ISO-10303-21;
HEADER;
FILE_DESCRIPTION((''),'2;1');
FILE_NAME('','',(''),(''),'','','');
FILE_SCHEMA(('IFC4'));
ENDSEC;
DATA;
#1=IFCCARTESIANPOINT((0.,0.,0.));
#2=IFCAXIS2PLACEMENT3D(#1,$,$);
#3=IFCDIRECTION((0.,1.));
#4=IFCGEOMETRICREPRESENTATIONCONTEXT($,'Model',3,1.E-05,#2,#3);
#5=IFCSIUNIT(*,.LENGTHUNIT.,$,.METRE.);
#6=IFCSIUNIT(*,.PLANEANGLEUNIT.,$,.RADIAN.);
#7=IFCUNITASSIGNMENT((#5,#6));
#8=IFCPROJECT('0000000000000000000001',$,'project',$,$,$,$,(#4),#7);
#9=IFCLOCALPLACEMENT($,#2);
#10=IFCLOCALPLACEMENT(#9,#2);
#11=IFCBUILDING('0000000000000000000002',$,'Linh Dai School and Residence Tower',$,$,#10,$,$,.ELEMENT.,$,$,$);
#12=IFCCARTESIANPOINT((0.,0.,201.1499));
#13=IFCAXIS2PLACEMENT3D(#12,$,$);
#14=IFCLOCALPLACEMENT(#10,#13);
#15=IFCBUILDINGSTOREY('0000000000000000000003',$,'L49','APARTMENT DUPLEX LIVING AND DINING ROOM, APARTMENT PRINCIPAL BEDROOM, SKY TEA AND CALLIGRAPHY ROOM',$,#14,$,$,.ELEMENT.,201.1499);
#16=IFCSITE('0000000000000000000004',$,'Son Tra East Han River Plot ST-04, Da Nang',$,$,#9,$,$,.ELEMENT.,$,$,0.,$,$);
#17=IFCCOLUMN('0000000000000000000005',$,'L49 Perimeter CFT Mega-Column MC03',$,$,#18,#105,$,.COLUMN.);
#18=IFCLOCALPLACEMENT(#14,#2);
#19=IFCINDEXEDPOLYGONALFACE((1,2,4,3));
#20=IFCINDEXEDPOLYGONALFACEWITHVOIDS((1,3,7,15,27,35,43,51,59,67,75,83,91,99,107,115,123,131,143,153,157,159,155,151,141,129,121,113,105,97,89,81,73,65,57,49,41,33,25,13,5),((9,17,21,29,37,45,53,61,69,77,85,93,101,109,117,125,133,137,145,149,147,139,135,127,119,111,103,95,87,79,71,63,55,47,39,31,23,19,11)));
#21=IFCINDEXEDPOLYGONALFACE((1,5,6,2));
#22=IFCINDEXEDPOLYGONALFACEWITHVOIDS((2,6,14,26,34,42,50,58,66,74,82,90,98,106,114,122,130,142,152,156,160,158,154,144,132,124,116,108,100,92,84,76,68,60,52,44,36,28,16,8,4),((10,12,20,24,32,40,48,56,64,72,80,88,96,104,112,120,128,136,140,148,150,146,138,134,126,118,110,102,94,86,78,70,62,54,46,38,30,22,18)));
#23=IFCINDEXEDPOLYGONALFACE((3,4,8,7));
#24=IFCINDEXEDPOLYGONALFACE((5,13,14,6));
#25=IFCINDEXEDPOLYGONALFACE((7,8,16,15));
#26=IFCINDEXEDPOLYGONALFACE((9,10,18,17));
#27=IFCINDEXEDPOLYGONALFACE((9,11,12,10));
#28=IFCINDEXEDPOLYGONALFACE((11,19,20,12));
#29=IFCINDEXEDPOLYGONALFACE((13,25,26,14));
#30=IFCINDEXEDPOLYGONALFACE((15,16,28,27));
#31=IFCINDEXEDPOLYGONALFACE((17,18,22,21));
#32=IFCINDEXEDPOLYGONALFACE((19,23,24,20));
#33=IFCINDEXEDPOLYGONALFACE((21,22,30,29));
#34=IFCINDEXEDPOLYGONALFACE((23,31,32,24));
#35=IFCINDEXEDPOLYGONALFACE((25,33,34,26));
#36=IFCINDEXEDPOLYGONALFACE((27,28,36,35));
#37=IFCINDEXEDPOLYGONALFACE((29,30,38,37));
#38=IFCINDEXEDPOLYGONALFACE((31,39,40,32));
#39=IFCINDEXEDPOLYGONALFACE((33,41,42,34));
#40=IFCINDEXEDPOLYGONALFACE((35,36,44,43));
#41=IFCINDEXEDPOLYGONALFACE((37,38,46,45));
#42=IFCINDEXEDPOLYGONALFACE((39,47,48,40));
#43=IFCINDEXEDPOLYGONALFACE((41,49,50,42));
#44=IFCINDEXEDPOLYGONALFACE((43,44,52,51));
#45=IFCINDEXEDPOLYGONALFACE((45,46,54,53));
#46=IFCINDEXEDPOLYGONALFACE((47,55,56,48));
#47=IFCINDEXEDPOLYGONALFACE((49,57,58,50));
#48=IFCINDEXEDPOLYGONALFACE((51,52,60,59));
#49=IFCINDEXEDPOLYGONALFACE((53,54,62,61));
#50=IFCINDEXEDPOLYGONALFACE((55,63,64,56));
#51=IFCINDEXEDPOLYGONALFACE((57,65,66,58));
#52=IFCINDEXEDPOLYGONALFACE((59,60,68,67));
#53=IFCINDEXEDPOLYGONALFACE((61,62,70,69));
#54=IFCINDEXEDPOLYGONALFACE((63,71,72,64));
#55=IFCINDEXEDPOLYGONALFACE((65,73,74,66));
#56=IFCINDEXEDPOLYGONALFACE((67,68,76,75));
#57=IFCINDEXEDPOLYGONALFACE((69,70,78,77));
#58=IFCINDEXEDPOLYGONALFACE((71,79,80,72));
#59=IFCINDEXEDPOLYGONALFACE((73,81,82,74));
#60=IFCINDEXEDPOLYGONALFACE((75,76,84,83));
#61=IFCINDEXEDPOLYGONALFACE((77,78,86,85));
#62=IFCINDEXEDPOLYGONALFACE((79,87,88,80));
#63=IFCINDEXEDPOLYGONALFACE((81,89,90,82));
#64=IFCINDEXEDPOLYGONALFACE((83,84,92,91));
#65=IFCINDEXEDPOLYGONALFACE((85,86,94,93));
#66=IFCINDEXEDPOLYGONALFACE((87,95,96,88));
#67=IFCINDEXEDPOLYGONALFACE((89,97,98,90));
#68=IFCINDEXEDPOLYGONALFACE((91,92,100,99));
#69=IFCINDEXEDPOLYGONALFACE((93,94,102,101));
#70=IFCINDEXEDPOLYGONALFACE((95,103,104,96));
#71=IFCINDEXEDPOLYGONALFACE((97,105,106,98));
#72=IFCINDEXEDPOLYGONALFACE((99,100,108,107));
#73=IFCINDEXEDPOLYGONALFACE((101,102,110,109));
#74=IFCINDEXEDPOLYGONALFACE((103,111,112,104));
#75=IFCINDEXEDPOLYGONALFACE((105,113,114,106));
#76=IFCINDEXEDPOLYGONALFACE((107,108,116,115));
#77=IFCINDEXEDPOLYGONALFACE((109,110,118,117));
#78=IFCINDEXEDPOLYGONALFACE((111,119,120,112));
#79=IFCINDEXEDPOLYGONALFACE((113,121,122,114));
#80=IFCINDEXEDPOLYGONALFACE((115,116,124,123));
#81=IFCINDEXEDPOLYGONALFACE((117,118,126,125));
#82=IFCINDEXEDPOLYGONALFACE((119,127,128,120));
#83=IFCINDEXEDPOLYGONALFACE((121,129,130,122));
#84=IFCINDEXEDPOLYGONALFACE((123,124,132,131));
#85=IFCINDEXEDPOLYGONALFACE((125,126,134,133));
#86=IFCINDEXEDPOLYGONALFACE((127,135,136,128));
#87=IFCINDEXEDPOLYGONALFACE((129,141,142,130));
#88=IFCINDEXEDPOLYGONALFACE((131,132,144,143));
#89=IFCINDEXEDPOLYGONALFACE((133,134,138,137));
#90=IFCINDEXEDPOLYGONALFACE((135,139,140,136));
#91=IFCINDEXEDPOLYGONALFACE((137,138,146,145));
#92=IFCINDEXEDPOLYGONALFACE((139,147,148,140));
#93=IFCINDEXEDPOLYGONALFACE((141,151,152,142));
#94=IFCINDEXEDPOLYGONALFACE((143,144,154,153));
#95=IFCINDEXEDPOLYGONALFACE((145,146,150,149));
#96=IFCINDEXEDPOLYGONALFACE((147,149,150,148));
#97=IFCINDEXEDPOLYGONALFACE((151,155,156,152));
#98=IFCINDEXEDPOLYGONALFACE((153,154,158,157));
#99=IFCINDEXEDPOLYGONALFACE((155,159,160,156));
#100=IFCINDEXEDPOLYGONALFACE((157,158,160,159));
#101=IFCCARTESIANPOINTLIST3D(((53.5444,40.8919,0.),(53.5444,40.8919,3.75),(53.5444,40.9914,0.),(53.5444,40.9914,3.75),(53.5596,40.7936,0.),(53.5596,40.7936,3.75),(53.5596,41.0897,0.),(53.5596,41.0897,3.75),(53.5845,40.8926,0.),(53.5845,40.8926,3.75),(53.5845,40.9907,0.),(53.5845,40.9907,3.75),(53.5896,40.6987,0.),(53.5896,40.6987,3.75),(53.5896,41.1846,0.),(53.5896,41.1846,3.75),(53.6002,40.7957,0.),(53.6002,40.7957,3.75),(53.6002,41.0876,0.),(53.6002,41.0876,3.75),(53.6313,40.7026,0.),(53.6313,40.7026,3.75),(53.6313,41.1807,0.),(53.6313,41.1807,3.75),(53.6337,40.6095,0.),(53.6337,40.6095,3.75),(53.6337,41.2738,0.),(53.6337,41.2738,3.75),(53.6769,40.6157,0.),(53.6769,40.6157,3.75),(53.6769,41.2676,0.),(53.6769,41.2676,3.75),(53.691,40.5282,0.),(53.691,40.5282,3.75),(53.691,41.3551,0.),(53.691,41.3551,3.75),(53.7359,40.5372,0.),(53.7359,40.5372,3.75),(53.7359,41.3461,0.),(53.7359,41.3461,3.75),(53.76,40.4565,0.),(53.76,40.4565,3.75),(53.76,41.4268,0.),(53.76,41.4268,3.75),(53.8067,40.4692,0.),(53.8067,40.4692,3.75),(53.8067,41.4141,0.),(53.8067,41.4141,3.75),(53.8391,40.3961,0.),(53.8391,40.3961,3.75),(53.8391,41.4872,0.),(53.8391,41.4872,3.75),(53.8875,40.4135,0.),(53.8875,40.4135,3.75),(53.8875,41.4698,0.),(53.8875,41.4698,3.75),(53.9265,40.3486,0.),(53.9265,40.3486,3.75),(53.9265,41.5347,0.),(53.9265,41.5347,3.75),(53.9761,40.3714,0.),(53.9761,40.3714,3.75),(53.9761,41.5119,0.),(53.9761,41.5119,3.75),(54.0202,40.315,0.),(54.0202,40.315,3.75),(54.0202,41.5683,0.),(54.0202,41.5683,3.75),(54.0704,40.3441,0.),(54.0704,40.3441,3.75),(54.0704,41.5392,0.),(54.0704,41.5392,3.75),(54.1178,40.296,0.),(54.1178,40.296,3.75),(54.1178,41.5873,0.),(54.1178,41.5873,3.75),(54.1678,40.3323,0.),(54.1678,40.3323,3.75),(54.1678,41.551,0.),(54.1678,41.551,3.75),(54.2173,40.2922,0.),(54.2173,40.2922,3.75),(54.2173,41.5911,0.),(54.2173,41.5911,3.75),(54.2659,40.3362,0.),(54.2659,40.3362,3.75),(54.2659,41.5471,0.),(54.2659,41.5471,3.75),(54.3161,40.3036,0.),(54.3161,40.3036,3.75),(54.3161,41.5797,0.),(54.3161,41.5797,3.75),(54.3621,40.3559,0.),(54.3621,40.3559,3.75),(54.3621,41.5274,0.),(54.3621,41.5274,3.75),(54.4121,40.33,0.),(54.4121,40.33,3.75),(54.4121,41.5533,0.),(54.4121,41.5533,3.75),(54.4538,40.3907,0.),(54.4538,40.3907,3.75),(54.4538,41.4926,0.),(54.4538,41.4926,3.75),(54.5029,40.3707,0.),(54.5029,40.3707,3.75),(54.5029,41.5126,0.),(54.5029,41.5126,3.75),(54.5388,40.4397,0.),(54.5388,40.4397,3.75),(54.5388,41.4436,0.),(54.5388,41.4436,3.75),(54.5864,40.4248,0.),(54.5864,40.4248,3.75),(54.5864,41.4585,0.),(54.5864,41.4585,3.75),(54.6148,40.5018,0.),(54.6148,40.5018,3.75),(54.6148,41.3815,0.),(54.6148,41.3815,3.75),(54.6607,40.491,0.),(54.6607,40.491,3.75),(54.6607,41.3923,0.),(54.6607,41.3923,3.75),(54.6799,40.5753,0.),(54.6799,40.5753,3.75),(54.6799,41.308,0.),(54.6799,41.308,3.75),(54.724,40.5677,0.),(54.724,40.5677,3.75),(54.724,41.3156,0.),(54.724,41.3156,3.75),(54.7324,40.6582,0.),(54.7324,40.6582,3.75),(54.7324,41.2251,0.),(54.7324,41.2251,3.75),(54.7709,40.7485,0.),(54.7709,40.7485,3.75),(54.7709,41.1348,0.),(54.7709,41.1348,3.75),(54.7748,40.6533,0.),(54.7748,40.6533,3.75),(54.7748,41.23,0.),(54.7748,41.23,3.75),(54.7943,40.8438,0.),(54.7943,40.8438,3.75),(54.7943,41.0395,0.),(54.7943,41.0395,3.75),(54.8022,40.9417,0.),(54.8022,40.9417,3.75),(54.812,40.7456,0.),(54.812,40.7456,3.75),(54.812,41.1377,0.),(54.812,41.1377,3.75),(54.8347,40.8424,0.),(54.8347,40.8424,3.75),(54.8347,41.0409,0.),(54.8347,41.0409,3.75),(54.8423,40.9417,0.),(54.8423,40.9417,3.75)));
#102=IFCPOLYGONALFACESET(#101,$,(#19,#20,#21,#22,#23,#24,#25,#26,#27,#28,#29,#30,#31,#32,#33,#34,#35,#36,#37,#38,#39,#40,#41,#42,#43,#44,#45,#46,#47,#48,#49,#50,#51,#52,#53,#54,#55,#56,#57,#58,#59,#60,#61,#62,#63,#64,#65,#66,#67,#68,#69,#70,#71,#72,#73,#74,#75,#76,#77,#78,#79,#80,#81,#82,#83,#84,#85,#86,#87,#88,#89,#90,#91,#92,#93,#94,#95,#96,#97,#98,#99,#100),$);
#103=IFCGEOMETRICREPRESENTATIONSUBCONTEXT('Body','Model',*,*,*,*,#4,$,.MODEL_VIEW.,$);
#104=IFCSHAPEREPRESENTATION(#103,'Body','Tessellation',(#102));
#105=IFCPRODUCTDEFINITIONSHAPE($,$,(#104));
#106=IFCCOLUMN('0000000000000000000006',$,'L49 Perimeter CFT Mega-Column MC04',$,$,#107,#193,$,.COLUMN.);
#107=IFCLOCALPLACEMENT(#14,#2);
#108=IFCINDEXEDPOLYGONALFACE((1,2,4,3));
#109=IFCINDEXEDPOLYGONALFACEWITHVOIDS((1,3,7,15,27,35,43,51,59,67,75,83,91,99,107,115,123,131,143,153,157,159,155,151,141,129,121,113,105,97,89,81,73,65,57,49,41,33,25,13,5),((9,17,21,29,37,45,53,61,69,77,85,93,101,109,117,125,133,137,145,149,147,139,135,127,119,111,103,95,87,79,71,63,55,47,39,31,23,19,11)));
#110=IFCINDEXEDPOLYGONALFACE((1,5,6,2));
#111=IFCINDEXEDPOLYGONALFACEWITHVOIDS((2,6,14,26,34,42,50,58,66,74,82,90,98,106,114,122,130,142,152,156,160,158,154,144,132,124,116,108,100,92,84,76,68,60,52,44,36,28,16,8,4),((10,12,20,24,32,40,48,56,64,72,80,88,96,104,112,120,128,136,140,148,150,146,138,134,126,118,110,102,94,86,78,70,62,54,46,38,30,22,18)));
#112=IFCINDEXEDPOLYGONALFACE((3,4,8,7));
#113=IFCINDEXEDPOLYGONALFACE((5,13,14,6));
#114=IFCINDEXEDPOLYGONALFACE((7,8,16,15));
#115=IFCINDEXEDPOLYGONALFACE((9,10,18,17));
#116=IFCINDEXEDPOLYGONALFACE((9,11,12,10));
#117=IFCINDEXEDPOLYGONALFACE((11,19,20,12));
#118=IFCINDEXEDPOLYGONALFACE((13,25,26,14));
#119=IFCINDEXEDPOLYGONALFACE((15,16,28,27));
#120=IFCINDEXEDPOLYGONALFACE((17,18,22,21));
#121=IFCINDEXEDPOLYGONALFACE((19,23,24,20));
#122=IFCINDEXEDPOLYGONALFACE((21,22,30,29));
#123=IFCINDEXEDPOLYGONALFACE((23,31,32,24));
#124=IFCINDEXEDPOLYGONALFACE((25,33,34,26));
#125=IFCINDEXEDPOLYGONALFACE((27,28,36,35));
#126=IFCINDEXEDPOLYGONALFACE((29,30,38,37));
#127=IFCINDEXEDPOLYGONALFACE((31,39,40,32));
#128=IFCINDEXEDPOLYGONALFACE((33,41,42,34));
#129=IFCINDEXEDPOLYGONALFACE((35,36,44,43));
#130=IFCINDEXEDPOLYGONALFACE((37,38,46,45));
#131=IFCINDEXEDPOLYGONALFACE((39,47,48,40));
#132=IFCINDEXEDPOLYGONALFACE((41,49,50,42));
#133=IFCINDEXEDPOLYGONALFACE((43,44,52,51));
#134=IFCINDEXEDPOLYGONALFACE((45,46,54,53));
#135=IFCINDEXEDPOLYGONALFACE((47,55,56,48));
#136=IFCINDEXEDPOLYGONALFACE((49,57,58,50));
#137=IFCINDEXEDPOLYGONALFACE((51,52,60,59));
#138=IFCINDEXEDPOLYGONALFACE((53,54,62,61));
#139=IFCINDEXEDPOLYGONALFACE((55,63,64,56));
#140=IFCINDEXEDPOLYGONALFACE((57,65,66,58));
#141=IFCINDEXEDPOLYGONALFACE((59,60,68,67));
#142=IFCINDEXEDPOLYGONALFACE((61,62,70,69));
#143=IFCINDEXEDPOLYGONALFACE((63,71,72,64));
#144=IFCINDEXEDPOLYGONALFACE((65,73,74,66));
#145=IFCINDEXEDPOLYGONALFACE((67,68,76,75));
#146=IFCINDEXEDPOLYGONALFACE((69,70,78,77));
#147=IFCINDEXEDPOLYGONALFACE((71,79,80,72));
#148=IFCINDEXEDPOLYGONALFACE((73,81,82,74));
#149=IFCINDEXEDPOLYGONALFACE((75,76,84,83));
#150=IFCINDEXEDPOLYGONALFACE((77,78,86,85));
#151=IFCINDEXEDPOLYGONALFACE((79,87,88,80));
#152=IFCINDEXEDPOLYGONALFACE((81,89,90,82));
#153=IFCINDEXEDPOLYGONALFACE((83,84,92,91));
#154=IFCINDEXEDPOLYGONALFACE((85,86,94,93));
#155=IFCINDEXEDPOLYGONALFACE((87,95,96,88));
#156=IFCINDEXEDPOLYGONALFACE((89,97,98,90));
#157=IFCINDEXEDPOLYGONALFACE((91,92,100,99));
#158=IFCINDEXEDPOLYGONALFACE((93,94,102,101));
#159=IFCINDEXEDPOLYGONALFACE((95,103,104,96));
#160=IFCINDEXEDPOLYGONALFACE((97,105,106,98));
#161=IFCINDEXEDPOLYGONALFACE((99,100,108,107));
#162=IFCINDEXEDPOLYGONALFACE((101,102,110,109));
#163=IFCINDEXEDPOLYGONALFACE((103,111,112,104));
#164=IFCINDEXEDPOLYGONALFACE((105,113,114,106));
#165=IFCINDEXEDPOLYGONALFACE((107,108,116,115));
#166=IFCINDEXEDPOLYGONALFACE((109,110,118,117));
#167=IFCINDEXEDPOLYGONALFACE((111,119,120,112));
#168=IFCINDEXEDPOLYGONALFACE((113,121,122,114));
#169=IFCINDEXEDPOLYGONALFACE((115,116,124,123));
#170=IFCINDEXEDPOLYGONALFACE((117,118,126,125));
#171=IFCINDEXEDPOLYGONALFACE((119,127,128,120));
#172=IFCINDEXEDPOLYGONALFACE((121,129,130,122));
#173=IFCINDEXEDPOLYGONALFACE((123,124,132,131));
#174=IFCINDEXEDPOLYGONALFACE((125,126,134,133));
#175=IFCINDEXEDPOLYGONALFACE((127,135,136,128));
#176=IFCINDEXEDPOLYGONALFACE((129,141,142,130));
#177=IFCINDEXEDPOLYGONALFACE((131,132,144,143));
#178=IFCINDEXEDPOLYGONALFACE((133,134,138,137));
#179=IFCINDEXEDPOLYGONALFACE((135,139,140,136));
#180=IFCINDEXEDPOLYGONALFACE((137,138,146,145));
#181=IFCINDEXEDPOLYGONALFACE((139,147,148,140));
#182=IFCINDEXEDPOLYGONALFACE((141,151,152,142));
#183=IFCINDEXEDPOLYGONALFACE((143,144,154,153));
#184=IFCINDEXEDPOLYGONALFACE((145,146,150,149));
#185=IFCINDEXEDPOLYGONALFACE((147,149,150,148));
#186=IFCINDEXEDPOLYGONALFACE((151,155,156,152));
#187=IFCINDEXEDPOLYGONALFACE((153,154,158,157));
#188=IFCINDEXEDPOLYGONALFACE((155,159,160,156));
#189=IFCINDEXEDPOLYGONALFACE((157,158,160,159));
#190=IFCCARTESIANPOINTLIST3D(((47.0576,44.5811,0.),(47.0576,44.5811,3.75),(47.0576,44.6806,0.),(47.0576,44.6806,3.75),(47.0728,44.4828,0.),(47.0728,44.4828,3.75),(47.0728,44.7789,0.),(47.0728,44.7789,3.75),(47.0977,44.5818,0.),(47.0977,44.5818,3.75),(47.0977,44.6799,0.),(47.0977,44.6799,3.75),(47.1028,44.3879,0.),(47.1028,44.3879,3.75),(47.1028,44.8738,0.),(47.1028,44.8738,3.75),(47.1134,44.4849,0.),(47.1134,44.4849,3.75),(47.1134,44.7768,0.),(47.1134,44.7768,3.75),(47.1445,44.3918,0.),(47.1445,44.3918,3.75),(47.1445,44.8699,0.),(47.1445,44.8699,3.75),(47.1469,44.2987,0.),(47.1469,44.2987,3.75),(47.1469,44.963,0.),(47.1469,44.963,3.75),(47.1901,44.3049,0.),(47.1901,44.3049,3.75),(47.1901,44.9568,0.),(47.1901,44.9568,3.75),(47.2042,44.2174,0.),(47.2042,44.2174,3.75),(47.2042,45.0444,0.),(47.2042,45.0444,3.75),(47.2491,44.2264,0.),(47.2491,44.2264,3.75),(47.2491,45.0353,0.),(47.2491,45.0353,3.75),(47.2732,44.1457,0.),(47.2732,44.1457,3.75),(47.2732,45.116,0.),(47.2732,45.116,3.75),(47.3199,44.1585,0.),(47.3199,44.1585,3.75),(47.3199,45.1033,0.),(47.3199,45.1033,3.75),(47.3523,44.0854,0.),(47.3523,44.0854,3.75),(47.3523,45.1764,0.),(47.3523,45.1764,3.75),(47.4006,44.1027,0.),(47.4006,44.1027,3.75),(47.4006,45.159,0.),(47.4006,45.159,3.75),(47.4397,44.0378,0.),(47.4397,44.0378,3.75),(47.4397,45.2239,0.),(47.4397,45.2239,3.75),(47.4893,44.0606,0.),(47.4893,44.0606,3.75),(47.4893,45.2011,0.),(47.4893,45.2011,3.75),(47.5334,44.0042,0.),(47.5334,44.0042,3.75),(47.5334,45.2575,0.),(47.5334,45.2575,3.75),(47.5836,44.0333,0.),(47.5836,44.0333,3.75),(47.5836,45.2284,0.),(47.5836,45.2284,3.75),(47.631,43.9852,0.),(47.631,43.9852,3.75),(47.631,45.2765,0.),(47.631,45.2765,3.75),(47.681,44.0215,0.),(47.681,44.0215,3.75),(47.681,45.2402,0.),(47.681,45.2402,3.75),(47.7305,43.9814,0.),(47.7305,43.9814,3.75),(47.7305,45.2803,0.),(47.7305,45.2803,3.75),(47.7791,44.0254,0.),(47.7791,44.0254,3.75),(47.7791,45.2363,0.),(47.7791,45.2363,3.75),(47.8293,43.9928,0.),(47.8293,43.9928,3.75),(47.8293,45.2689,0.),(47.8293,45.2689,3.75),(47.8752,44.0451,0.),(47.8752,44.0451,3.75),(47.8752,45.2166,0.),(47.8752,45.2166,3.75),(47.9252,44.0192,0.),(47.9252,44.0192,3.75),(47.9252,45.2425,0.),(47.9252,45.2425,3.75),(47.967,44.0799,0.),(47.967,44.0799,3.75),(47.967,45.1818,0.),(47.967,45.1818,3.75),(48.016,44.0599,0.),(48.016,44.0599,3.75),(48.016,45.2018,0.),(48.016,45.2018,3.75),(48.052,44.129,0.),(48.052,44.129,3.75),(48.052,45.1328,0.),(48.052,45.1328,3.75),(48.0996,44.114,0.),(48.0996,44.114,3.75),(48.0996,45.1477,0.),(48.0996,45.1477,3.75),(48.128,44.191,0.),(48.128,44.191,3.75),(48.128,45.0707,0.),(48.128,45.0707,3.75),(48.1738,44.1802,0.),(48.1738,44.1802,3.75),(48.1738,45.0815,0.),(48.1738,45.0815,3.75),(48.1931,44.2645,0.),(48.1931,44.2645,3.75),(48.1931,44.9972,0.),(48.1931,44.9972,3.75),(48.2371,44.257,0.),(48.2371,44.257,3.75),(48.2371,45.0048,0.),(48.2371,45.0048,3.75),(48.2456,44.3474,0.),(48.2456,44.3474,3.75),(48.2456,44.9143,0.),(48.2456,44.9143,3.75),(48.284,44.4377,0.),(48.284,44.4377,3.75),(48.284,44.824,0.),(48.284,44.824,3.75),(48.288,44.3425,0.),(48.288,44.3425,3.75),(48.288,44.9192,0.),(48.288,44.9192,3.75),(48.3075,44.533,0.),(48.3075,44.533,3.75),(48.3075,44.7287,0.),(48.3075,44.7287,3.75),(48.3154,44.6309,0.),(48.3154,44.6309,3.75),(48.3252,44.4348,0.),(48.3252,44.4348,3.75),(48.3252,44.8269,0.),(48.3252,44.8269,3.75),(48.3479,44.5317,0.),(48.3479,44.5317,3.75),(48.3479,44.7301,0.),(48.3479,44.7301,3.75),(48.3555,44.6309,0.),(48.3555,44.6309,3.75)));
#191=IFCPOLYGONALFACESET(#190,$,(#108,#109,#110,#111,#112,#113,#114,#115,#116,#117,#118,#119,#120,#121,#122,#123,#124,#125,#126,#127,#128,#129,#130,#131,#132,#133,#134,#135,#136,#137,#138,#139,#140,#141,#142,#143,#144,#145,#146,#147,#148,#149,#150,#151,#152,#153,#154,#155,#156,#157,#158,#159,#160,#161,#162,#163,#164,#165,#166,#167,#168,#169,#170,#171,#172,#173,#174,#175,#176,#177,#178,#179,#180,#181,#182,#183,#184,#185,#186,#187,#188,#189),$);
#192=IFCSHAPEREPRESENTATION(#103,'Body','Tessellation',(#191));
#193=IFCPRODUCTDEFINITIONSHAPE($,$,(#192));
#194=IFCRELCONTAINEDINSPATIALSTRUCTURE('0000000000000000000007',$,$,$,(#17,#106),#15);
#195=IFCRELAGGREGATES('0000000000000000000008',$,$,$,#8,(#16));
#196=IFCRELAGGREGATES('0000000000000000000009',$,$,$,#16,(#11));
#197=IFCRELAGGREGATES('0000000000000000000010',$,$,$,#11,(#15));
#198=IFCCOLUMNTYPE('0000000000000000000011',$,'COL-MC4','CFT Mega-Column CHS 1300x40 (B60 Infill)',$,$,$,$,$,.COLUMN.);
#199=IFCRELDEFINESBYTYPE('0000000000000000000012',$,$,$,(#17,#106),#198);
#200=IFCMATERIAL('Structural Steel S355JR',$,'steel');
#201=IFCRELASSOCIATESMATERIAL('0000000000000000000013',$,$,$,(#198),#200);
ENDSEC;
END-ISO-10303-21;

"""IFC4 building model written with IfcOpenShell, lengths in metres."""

from ifc_helpers import new_model, si_unit, direction, frame, origin, origin_2d, place, context, subcontext, project, spatial, hollow_circle, extrude, material, material_profile, profile_set, type_object, element, save


model = new_model("IFC4")

# Units and contexts
model_context = context("Model", 3, precision=1e-05, world=origin(), true_north=direction((0.0, 1.0)))
body_context = subcontext(model_context, "Body", "Model", "MODEL_VIEW")
ifc_project = project(units=[si_unit("LENGTHUNIT", "METRE"), si_unit("PLANEANGLEUNIT", "RADIAN")], contexts=[model_context])

# Site, building, storey
site_placement = place(None, origin())
site = spatial("IfcSite", under=ifc_project, at=site_placement, Name="Son Tra East Han River Plot ST-04, Da Nang", CompositionType="ELEMENT", RefElevation=0.0)
building_placement = place(site_placement, origin())
building = spatial("IfcBuilding", under=site, at=building_placement, Name="Linh Dai School and Residence Tower", CompositionType="ELEMENT")
storey_placement = place(building_placement, frame((0.0, 0.0, 201.1499)))
storey = spatial("IfcBuildingStorey", under=building, at=storey_placement, Name="L49", Description="APARTMENT DUPLEX LIVING AND DINING ROOM, APARTMENT PRINCIPAL BEDROOM, SKY TEA AND CALLIGRAPHY ROOM", CompositionType="ELEMENT", Elevation=201.1499)

# Columns
ifc_material_1 = material(Name="Structural Steel S355JR", Category="steel")
ifc_material_profile_1 = material_profile(ifc_material_1, hollow_circle(Radius=0.6499, WallThickness=0.04, at=origin_2d()), Name="CHS 1300x40")
ifc_profile_set_1 = profile_set([ifc_material_profile_1], Name="Structural Steel S355JR")
column_type = type_object("IfcColumnType", Name="COL-MC4", Description="CFT Mega-Column CHS 1300x40 (B60 Infill)", PredefinedType="COLUMN", material=ifc_profile_set_1)
for number, where, z_axis, x_axis, name in (
    (1, (54.1924, 40.9417, 0.0), (0.0, 0.0, 1.0), (1.0, 0.0, 0.0), "L49 Perimeter CFT Mega-Column MC03"),
    (2, (47.7056, 44.6309, 0.0), (0.0, 0.0, 1.0), (1.0, 0.0, 0.0), "L49 Perimeter CFT Mega-Column MC04"),
):
    element("IfcColumn", number, at=place(storey_placement, frame(where, z_axis=z_axis, x_axis=x_axis)), inside=storey, type_object=column_type, Name=name, PredefinedType="COLUMN", context=body_context, shape_type="SweptSolid", body=[
        extrude(hollow_circle(Radius=0.6499, WallThickness=0.04, at=origin_2d()), origin(), (0.0, 0.0, 1.0), 3.75),
    ])

save(model, "model.ifc")
